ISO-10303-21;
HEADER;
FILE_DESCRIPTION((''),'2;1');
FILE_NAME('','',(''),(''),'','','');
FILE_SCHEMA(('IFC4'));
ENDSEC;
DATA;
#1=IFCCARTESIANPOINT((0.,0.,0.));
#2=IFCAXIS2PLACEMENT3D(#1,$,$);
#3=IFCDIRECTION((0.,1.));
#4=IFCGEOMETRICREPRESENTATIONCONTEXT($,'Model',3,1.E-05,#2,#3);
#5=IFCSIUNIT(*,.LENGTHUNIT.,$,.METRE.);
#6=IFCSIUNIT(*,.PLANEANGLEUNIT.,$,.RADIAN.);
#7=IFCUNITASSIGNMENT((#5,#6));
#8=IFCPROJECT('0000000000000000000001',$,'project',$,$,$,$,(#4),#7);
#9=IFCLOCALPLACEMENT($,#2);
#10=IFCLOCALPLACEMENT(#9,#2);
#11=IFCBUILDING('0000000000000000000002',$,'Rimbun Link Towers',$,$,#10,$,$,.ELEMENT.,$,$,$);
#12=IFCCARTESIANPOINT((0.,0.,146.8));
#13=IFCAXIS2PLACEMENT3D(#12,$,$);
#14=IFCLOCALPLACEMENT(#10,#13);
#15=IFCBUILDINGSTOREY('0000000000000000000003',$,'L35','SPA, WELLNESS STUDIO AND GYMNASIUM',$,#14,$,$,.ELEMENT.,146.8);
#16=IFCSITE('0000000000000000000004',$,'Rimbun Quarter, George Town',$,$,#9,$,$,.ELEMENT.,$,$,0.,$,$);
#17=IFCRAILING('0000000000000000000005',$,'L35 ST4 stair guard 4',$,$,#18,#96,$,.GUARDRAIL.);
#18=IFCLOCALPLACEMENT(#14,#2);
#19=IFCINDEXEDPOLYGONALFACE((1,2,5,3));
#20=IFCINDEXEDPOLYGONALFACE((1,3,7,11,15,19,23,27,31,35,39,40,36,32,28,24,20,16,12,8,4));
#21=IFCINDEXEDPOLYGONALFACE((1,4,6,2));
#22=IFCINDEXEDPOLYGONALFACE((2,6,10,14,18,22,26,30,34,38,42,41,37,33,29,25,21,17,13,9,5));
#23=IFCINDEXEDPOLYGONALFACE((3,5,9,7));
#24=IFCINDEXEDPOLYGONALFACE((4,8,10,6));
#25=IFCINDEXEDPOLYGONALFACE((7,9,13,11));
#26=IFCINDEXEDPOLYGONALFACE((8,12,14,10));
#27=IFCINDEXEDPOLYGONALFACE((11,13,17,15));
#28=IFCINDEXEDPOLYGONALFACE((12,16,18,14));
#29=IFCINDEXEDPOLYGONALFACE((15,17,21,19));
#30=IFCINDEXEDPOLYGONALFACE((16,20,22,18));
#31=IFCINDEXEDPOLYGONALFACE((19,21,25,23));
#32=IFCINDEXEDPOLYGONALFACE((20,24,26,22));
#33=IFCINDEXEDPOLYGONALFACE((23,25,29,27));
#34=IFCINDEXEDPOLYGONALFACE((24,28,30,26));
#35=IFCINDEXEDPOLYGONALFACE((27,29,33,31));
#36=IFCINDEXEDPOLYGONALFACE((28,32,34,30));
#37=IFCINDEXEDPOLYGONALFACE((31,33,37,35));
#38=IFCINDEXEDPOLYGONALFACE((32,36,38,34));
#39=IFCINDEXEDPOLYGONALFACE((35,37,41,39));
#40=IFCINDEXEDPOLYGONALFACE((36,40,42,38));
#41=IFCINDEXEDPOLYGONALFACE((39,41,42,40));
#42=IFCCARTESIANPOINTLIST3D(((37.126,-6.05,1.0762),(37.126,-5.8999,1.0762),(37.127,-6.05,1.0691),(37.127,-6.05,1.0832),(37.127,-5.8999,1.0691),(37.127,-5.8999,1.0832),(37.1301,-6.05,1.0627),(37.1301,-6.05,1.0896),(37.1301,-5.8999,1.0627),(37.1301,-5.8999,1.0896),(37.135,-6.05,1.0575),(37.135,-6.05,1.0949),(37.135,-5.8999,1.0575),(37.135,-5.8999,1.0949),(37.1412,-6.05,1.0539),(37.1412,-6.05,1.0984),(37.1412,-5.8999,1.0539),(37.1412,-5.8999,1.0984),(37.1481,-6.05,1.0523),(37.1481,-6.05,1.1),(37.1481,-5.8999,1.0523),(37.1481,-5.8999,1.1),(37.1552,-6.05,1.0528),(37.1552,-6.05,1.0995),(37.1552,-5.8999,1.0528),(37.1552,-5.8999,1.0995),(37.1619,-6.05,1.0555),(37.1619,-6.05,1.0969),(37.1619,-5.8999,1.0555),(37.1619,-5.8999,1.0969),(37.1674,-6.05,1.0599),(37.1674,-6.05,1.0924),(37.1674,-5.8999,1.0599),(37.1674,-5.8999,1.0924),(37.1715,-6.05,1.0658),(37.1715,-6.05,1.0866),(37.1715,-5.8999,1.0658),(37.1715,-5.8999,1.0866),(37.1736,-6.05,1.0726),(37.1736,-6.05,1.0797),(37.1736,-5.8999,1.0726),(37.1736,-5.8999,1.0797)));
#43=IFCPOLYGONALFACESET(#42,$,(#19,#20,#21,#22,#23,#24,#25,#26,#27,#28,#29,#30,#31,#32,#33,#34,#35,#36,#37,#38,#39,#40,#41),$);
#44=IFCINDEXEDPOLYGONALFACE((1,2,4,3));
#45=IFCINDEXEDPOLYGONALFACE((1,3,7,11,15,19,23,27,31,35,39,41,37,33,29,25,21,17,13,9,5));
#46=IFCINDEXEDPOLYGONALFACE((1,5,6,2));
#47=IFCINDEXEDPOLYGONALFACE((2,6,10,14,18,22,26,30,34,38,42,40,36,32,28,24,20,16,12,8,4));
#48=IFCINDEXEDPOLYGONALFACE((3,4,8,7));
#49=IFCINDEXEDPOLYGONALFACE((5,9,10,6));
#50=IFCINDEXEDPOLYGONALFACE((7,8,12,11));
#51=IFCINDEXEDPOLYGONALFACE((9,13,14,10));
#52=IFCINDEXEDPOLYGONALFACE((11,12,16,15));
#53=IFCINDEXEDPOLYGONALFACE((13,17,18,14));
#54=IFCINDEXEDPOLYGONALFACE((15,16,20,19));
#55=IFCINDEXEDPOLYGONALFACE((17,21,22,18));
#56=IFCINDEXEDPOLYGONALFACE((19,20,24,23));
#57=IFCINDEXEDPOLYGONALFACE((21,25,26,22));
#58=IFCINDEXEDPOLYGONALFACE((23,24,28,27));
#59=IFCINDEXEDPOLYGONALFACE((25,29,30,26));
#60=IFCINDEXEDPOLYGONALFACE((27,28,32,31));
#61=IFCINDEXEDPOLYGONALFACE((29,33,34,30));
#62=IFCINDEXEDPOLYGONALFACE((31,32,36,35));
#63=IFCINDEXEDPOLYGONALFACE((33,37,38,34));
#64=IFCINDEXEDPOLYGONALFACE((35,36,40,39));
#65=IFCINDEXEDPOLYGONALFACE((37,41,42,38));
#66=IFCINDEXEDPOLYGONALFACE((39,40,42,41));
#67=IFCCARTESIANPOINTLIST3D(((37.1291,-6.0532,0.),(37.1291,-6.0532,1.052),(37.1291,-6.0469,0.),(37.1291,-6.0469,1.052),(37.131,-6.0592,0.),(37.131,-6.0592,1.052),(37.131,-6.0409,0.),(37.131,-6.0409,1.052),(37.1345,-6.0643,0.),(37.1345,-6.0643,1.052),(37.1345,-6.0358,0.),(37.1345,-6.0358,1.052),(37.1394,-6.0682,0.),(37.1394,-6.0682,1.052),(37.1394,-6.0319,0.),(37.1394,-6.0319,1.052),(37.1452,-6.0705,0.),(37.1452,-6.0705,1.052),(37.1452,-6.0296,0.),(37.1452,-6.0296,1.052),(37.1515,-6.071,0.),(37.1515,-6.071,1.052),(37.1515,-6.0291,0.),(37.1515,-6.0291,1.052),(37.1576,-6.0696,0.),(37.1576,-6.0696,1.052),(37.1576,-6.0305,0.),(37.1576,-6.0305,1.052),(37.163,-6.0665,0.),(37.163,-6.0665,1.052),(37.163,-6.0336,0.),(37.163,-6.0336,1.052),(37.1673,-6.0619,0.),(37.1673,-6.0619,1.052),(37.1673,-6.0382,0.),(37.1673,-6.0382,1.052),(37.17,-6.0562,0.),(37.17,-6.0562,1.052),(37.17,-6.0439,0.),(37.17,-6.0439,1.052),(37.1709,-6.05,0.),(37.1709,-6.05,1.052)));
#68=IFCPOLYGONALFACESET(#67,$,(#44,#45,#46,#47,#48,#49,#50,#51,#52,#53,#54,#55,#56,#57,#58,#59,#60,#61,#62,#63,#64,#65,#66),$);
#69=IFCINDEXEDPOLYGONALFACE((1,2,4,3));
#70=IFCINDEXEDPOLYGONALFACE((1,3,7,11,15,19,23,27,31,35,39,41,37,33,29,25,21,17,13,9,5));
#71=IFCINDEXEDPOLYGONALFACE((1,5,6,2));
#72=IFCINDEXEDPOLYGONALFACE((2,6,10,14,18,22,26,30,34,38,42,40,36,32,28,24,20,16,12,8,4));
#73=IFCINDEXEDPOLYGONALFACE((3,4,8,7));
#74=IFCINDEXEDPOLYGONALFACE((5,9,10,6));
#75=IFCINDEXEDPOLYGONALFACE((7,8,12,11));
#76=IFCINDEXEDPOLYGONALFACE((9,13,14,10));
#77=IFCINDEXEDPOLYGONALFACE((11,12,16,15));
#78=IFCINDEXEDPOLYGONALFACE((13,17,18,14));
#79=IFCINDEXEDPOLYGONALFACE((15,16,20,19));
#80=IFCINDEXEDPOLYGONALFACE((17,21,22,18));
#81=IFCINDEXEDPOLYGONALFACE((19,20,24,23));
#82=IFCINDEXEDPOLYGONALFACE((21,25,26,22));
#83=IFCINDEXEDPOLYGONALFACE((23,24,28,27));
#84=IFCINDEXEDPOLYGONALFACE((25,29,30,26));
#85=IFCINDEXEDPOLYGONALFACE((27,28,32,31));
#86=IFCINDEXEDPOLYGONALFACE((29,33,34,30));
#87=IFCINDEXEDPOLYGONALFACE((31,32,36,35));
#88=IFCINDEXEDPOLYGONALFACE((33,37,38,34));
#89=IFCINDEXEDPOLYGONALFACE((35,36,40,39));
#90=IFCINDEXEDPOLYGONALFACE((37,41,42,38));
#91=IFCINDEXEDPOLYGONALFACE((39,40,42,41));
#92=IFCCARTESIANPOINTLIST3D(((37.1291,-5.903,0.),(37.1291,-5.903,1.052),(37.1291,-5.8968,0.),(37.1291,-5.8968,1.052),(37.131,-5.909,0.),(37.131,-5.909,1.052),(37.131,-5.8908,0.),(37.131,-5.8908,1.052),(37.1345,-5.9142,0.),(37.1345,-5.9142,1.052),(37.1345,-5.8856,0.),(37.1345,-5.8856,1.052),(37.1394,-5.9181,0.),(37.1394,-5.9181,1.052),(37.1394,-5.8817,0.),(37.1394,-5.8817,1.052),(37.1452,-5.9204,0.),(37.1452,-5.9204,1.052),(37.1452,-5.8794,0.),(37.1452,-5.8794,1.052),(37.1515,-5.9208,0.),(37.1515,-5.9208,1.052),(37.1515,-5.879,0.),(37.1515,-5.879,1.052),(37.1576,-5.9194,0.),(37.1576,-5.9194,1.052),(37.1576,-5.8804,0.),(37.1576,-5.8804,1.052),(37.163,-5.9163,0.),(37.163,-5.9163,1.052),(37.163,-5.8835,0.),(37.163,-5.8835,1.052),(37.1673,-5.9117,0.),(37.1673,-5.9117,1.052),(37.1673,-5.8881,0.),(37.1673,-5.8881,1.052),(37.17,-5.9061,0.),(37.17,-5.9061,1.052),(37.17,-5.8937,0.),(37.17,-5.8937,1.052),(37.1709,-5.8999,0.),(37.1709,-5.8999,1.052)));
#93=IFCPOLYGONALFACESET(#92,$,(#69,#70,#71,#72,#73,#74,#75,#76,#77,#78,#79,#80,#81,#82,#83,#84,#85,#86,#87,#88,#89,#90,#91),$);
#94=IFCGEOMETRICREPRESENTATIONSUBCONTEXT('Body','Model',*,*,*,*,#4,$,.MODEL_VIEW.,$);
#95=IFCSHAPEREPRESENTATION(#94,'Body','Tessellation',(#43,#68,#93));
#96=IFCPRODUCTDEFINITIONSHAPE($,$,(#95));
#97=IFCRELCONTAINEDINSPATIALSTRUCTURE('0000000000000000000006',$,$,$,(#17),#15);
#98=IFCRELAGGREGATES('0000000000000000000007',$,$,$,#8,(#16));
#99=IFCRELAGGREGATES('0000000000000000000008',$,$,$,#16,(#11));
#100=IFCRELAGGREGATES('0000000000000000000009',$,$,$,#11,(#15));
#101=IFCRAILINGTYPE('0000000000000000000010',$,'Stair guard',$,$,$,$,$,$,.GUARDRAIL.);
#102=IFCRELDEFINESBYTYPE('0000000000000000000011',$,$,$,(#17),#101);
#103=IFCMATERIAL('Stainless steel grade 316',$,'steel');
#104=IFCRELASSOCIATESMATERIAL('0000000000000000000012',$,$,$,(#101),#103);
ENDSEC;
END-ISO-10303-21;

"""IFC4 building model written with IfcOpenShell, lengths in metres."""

from ifc_helpers import new_model, si_unit, direction, frame, origin, origin_2d, place, context, subcontext, project, spatial, circle, extrude, material, type_object, element, save


model = new_model("IFC4")

# Units and contexts
model_context = context("Model", 3, precision=1e-05, world=origin(), true_north=direction((0.0, 1.0)))
body_context = subcontext(model_context, "Body", "Model", "MODEL_VIEW")
ifc_project = project(units=[si_unit("LENGTHUNIT", "METRE"), si_unit("PLANEANGLEUNIT", "RADIAN")], contexts=[model_context])

# Site, building, storey
site_placement = place(None, origin())
site = spatial("IfcSite", under=ifc_project, at=site_placement, Name="Rimbun Quarter, George Town", CompositionType="ELEMENT", RefElevation=0.0)
building_placement = place(site_placement, origin())
building = spatial("IfcBuilding", under=site, at=building_placement, Name="Rimbun Link Towers", CompositionType="ELEMENT")
storey_placement = place(building_placement, frame((0.0, 0.0, 146.8)))
storey = spatial("IfcBuildingStorey", under=building, at=storey_placement, Name="L35", Description="SPA, WELLNESS STUDIO AND GYMNASIUM", CompositionType="ELEMENT", Elevation=146.8)

# Railing
ifc_material_1 = material(Name="Stainless steel grade 316", Category="steel")
railing_type = type_object("IfcRailingType", Name="Stair guard", PredefinedType="GUARDRAIL", material=ifc_material_1)
railing_placement = place(storey_placement, frame((37.1499, -6.05, 0.0)))
element("IfcRailing", 1, at=railing_placement, inside=storey, type_object=railing_type, Name="L35 ST4 stair guard 4", PredefinedType="GUARDRAIL", context=body_context, shape_type="SweptSolid", body=[
    extrude(circle(Radius=0.0239, at=origin_2d()), frame((0.0, 0.0, 1.0762), z_axis=(0.0, 1.0, 0.0), x_axis=(-1.0, 0.0, 0.0)), (0.0, 0.0, 1.0), 0.1501),
    extrude(circle(Radius=0.021, at=origin_2d()), origin(), (0.0, 0.0, 1.0), 1.052),
    extrude(circle(Radius=0.021, at=origin_2d()), frame((0.0, 0.1501, 0.0)), (0.0, 0.0, 1.0), 1.052),
])

save(model, "model.ifc")
